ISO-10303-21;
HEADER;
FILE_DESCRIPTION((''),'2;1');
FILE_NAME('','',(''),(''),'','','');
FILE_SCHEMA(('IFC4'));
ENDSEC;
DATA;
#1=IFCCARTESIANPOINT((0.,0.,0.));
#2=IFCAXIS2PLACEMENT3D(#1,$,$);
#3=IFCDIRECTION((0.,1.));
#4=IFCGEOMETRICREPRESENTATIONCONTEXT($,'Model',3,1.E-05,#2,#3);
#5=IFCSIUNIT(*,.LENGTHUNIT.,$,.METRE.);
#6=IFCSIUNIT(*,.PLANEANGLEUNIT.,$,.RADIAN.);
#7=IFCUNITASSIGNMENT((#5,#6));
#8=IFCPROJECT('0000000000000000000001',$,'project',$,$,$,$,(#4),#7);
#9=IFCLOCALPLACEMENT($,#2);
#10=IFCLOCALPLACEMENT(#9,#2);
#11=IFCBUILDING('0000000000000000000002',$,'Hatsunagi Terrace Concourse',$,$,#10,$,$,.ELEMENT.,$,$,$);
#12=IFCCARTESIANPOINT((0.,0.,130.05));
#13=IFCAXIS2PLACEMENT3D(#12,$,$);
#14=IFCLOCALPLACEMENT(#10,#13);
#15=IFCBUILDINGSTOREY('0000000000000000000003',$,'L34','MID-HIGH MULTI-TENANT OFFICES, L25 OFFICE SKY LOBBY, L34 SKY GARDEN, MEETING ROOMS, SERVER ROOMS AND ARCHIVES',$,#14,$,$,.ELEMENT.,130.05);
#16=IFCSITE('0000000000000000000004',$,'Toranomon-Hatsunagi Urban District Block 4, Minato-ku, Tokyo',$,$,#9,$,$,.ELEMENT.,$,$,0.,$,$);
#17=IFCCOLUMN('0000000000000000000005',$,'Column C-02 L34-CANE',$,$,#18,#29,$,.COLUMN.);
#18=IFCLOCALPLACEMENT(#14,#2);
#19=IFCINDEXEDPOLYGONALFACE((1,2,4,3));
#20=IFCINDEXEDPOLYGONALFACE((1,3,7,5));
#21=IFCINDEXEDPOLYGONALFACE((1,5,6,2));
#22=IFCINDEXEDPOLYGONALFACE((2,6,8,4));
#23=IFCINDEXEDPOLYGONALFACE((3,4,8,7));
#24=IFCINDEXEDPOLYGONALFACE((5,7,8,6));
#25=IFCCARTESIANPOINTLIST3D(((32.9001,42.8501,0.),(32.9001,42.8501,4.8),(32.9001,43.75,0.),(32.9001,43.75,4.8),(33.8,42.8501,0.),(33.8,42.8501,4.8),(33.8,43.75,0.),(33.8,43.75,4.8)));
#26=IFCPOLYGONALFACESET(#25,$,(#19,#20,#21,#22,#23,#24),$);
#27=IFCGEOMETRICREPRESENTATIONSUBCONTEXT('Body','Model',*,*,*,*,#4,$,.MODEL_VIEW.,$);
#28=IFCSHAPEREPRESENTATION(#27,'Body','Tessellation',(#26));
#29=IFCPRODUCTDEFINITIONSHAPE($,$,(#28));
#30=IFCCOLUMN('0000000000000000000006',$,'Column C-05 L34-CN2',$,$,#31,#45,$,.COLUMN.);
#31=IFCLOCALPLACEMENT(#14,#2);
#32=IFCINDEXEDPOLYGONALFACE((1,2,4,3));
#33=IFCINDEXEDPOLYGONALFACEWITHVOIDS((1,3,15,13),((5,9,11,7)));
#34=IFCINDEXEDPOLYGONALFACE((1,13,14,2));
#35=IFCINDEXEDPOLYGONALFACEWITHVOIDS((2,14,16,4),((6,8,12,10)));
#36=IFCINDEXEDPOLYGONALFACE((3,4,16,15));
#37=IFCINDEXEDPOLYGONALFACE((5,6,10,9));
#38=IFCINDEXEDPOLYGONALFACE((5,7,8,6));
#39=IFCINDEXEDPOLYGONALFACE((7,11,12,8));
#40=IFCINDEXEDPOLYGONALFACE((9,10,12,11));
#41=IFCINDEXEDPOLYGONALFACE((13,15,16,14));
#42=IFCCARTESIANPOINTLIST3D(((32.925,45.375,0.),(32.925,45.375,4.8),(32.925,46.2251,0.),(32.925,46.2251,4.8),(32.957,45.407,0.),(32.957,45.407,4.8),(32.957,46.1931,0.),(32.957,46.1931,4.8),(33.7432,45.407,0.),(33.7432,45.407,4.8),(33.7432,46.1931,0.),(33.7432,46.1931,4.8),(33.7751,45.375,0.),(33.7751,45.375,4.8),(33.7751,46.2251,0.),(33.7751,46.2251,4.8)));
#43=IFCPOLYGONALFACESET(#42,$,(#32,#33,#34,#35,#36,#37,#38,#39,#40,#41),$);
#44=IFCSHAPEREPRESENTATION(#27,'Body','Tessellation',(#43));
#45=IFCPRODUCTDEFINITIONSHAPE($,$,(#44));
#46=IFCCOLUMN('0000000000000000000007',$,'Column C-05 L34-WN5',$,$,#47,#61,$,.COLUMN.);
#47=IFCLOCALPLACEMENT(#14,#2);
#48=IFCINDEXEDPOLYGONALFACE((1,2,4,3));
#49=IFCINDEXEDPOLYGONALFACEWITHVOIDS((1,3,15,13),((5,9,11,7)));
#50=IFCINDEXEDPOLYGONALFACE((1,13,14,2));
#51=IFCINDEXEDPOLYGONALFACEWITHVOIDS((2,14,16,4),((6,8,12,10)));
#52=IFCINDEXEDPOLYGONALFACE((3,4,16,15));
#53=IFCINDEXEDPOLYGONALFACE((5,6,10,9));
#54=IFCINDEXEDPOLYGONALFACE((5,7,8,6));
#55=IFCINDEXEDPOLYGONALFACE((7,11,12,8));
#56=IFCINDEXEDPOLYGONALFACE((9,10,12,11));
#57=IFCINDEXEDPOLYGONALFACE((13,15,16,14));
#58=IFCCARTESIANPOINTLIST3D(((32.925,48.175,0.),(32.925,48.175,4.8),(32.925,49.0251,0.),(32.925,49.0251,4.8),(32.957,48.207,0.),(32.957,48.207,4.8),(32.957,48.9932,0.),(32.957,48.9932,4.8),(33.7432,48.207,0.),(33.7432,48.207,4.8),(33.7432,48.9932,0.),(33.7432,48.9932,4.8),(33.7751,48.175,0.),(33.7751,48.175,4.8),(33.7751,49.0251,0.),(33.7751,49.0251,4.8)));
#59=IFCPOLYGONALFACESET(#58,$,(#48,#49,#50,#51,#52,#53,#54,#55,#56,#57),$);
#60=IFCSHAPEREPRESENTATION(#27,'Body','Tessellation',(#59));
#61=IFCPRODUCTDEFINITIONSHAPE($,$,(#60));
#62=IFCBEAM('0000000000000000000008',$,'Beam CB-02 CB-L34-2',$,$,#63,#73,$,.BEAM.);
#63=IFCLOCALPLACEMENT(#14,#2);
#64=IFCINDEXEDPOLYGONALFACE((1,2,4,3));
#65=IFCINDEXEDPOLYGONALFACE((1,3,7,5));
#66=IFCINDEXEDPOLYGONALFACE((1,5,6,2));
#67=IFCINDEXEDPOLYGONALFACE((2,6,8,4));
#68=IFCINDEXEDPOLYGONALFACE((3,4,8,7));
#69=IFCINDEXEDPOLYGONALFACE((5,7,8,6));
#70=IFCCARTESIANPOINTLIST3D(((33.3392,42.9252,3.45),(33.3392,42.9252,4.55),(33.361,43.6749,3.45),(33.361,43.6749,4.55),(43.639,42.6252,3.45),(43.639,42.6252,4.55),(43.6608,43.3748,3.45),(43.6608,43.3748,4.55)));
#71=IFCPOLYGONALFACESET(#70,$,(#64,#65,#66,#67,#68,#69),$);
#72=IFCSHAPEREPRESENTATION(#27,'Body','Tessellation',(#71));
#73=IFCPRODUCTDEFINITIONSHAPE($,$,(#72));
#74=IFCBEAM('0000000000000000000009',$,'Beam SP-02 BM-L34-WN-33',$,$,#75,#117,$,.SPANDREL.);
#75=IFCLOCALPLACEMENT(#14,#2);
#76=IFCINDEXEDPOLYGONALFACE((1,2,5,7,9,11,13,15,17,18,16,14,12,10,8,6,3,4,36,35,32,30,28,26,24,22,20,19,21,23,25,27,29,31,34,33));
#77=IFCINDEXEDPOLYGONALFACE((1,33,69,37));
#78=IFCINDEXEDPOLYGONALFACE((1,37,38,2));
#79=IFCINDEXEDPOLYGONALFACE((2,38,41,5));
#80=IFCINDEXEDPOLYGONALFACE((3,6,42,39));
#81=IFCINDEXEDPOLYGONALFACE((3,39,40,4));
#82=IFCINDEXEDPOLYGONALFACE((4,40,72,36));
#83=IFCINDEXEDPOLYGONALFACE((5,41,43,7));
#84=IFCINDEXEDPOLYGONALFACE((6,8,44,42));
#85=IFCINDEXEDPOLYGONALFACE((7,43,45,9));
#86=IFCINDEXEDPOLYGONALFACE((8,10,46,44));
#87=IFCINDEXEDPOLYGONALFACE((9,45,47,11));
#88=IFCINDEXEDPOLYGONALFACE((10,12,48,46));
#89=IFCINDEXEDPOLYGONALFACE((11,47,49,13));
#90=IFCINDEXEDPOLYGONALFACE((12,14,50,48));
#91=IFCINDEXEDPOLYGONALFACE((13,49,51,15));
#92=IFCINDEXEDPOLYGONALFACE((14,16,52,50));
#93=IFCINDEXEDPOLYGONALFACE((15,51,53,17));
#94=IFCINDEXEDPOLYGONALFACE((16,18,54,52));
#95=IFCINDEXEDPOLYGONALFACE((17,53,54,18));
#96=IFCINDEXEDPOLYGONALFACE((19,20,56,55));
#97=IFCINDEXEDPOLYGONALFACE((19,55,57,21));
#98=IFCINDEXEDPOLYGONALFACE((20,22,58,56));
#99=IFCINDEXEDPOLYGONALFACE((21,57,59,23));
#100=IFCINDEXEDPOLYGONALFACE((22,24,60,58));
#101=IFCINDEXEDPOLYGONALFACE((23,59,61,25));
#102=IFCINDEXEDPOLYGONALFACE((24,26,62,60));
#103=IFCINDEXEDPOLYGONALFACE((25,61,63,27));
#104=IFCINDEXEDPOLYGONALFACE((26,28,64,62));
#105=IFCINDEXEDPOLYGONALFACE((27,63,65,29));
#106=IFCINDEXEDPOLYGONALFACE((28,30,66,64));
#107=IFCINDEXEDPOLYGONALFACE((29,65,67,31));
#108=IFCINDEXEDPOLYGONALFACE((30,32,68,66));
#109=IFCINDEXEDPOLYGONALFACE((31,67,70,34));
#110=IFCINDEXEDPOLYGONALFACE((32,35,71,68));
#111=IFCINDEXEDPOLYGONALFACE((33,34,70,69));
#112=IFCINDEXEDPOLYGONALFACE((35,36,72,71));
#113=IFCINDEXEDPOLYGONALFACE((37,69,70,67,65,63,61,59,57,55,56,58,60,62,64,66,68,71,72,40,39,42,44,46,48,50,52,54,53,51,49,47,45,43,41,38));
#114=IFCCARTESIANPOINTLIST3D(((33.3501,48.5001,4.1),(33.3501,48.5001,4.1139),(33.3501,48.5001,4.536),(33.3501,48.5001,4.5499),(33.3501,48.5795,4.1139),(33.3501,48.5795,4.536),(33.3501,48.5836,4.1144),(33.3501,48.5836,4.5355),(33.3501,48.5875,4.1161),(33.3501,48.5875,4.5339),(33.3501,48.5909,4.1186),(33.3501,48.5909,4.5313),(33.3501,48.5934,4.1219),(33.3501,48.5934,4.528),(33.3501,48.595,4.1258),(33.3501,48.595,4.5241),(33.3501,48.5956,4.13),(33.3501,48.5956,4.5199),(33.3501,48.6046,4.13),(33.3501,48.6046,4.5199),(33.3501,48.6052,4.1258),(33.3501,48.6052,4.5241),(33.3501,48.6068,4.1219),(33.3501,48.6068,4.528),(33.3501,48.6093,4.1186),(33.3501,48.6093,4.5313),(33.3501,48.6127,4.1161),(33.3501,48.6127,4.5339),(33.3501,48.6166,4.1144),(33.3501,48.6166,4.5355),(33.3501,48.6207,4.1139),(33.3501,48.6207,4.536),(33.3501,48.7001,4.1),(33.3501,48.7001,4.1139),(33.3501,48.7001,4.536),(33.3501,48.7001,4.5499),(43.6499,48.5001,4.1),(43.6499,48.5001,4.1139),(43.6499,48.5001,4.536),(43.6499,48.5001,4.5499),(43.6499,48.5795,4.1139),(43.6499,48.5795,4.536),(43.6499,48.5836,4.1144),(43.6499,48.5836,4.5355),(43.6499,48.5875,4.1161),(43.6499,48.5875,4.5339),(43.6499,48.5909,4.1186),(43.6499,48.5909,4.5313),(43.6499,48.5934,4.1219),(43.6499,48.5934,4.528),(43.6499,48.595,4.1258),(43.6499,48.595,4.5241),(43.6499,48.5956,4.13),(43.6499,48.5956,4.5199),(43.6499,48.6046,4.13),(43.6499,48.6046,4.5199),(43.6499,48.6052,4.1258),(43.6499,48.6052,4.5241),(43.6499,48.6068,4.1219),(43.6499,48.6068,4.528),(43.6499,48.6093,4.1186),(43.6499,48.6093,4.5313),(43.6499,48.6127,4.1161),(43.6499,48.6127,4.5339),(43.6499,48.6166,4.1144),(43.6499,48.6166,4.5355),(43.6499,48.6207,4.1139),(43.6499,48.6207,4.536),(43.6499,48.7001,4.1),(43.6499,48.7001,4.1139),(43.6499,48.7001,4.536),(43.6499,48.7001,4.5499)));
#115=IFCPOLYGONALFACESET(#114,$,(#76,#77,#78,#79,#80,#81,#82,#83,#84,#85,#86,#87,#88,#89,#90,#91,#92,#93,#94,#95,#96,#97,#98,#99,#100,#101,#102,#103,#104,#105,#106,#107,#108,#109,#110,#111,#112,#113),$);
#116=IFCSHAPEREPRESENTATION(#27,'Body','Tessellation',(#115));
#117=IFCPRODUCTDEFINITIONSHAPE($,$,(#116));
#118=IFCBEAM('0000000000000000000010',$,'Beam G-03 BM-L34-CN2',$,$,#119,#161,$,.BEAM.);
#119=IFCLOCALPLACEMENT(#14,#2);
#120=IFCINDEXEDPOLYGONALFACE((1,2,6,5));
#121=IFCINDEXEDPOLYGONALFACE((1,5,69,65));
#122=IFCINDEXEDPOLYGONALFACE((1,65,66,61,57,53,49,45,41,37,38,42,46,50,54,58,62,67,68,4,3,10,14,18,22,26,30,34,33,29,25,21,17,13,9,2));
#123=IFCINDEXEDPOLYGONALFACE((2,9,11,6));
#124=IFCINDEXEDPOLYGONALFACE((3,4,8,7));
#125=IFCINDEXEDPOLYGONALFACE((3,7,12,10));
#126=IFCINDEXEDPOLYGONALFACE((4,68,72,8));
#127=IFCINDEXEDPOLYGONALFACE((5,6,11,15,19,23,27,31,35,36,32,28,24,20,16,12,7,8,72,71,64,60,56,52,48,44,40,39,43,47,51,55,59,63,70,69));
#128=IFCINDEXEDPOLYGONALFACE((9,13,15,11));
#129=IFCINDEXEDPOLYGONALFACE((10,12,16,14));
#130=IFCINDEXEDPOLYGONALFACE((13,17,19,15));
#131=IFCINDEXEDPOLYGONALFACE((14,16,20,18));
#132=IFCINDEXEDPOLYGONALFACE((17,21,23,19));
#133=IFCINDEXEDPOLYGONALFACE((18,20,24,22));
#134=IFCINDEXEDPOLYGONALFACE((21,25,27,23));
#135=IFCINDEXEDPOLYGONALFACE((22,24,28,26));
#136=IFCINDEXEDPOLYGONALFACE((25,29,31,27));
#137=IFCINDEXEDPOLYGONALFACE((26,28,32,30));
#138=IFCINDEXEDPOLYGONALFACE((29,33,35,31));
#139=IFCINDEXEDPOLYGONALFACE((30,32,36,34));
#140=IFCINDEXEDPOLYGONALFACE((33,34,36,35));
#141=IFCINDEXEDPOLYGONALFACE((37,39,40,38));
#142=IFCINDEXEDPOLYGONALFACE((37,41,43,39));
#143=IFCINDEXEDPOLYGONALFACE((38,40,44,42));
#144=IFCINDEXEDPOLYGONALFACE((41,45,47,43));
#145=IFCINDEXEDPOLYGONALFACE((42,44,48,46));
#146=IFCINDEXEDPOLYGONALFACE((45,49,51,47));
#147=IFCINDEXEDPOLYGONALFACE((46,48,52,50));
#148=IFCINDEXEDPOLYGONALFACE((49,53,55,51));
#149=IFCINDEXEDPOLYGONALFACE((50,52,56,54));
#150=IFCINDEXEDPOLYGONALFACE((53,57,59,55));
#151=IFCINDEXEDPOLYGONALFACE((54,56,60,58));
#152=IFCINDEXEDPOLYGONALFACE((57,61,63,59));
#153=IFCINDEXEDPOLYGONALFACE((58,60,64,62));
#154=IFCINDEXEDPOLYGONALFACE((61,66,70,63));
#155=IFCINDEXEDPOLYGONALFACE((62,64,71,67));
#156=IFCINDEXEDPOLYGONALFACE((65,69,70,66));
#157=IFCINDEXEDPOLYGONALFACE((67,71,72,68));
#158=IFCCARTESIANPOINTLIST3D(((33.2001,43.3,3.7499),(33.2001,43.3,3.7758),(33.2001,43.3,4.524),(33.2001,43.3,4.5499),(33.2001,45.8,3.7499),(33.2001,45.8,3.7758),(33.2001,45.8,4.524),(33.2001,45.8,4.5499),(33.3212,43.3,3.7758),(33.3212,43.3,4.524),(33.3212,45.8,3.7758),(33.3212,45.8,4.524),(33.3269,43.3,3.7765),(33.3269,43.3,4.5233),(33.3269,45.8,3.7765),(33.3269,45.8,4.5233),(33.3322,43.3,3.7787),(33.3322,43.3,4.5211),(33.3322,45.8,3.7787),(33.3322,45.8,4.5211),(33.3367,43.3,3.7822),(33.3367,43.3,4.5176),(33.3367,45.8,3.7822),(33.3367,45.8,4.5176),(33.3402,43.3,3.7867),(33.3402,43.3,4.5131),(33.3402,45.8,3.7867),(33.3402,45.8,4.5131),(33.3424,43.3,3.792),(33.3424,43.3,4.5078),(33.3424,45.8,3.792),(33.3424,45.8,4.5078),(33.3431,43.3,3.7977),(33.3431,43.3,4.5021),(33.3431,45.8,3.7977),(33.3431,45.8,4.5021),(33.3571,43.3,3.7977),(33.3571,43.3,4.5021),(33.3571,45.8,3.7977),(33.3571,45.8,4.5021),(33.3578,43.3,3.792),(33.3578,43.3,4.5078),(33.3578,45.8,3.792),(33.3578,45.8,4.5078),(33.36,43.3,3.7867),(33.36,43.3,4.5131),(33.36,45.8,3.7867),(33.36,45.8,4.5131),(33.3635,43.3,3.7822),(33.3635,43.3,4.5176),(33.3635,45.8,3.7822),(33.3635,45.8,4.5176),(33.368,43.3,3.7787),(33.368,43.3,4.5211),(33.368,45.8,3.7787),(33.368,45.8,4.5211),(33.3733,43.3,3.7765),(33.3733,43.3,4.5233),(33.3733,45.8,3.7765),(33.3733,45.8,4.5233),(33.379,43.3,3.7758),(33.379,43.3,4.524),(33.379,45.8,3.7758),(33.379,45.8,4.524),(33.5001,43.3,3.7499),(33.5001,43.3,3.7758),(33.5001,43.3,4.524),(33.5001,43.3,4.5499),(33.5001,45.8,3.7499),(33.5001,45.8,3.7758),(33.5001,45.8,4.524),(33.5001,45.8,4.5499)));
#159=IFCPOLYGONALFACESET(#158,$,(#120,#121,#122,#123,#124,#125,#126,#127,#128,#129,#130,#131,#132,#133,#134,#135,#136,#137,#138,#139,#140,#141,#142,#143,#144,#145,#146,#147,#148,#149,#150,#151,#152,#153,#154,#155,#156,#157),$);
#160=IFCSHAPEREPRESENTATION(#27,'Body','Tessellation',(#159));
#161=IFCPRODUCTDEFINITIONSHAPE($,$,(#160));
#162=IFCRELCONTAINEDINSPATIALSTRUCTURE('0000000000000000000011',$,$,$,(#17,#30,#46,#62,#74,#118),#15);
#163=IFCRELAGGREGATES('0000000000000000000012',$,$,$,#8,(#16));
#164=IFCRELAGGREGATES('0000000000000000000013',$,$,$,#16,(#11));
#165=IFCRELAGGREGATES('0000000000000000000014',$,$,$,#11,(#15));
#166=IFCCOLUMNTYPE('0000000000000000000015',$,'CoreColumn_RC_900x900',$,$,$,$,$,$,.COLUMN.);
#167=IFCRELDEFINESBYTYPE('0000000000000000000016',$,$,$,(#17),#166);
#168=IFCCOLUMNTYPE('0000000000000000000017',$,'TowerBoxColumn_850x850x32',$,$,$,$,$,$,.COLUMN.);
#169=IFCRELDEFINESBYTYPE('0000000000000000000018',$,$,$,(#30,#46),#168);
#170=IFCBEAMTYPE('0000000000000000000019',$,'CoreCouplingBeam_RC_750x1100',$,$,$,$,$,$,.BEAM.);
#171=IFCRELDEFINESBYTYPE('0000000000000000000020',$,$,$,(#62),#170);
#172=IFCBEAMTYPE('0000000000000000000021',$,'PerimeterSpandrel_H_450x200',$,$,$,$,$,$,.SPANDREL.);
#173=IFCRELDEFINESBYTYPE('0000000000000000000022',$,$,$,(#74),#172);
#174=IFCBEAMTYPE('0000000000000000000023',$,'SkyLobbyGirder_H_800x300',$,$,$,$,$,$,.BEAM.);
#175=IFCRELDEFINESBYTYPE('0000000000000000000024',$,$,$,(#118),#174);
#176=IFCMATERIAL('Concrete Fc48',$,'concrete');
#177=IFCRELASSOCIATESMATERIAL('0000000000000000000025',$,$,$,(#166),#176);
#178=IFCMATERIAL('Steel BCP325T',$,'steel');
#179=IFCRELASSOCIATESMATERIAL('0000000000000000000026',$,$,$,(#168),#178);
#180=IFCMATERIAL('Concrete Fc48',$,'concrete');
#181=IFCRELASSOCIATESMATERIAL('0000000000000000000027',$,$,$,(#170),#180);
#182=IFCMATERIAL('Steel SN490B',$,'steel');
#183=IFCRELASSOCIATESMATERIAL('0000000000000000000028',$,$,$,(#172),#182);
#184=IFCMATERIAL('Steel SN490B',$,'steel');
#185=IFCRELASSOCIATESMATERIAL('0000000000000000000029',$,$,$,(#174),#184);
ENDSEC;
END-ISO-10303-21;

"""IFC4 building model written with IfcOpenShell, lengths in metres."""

from ifc_helpers import new_model, si_unit, direction, frame, origin, origin_2d, place, context, subcontext, project, spatial, rectangle, hollow_rectangle, i_section, extrude, material, material_profile, profile_set, type_object, element, save


model = new_model("IFC4")

# Units and contexts
model_context = context("Model", 3, precision=1e-05, world=origin(), true_north=direction((0.0, 1.0)))
body_context = subcontext(model_context, "Body", "Model", "MODEL_VIEW")
ifc_project = project(units=[si_unit("LENGTHUNIT", "METRE"), si_unit("PLANEANGLEUNIT", "RADIAN")], contexts=[model_context])

# Site, building, storey
site_placement = place(None, origin())
site = spatial("IfcSite", under=ifc_project, at=site_placement, Name="Toranomon-Hatsunagi Urban District Block 4, Minato-ku, Tokyo", CompositionType="ELEMENT", RefElevation=0.0)
building_placement = place(site_placement, origin())
building = spatial("IfcBuilding", under=site, at=building_placement, Name="Hatsunagi Terrace Concourse", CompositionType="ELEMENT")
storey_placement = place(building_placement, frame((0.0, 0.0, 130.05)))
storey = spatial("IfcBuildingStorey", under=building, at=storey_placement, Name="L34", Description="MID-HIGH MULTI-TENANT OFFICES, L25 OFFICE SKY LOBBY, L34 SKY GARDEN, MEETING ROOMS, SERVER ROOMS AND ARCHIVES", CompositionType="ELEMENT", Elevation=130.05)

# Columns
ifc_material_1 = material(Name="Concrete Fc48", Category="concrete")
ifc_material_profile_1 = material_profile(ifc_material_1, rectangle(XDim=0.8999, YDim=0.8999, at=origin_2d()), Name="RC-900x900")
ifc_profile_set_1 = profile_set([ifc_material_profile_1], Name="Concrete Fc48")
column_type_1 = type_object("IfcColumnType", Name="CoreColumn_RC_900x900", PredefinedType="COLUMN", material=ifc_profile_set_1)
column_placement = place(storey_placement, frame((33.3501, 43.3, 0.0), z_axis=(0.0, 0.0, 1.0), x_axis=(1.0, 0.0, 0.0)))
element("IfcColumn", 1, at=column_placement, inside=storey, type_object=column_type_1, Name="Column C-02 L34-CANE", PredefinedType="COLUMN", context=body_context, shape_type="SweptSolid", body=[
    extrude(rectangle(XDim=0.8999, YDim=0.8999, at=origin_2d()), origin(), (0.0, 0.0, 1.0), 4.8),
])
ifc_material_2 = material(Name="Steel BCP325T", Category="steel")
ifc_material_profile_2 = material_profile(ifc_material_2, hollow_rectangle(XDim=0.8501, YDim=0.8501, WallThickness=0.032, at=origin_2d()), Name="BCP-850x850x32")
ifc_profile_set_2 = profile_set([ifc_material_profile_2], Name="Steel BCP325T")
column_type_2 = type_object("IfcColumnType", Name="TowerBoxColumn_850x850x32", PredefinedType="COLUMN", material=ifc_profile_set_2)
for number, where, z_axis, x_axis, name in (
    (2, (33.3501, 45.8, 0.0), (0.0, 0.0, 1.0), (1.0, 0.0, 0.0), "Column C-05 L34-CN2"),
    (3, (33.3501, 48.6001, 0.0), (0.0, 0.0, 1.0), (1.0, 0.0, 0.0), "Column C-05 L34-WN5"),
):
    element("IfcColumn", number, at=place(storey_placement, frame(where, z_axis=z_axis, x_axis=x_axis)), inside=storey, type_object=column_type_2, Name=name, PredefinedType="COLUMN", context=body_context, shape_type="SweptSolid", body=[
        extrude(hollow_rectangle(XDim=0.8501, YDim=0.8501, WallThickness=0.032, at=origin_2d()), origin(), (0.0, 0.0, 1.0), 4.8),
    ])

# Beams
ifc_material_3 = material(Name="Concrete Fc48", Category="concrete")
ifc_material_profile_3 = material_profile(ifc_material_3, rectangle(XDim=0.75, YDim=1.1001, at=origin_2d()), Name="RC-750x1100")
ifc_profile_set_3 = profile_set([ifc_material_profile_3], Name="Concrete Fc48")
beam_type_1 = type_object("IfcBeamType", Name="CoreCouplingBeam_RC_750x1100", PredefinedType="BEAM", material=ifc_profile_set_3)
beam_1_placement = place(storey_placement, frame((33.3501, 43.3, 4.0), z_axis=(0.999576, -0.029119, 0.0), x_axis=(0.029119, 0.999576, 0.0)))
element("IfcBeam", 4, at=beam_1_placement, inside=storey, type_object=beam_type_1, Name="Beam CB-02 CB-L34-2", PredefinedType="BEAM", context=body_context, shape_type="SweptSolid", body=[
    extrude(rectangle(XDim=0.75, YDim=1.1001, at=origin_2d()), origin(), (0.0, 0.0, 1.0), 10.3042),
])
ifc_material_4 = material(Name="Steel SN490B", Category="steel")
ifc_material_profile_4 = material_profile(ifc_material_4, i_section(OverallWidth=0.2, OverallDepth=0.45, WebThickness=0.009, FlangeThickness=0.0139, FilletRadius=0.0161, at=origin_2d()), Name="H-450x200x9x14")
ifc_profile_set_4 = profile_set([ifc_material_profile_4], Name="Steel SN490B")
beam_type_2 = type_object("IfcBeamType", Name="PerimeterSpandrel_H_450x200", PredefinedType="SPANDREL", material=ifc_profile_set_4)
beam_2_placement = place(storey_placement, frame((33.3501, 48.6001, 4.325), z_axis=(1.0, 0.0, 0.0), x_axis=(0.0, 1.0, 0.0)))
element("IfcBeam", 5, at=beam_2_placement, inside=storey, type_object=beam_type_2, Name="Beam SP-02 BM-L34-WN-33", PredefinedType="SPANDREL", context=body_context, shape_type="SweptSolid", body=[
    extrude(i_section(OverallWidth=0.2, OverallDepth=0.45, WebThickness=0.009, FlangeThickness=0.0139, FilletRadius=0.0161, at=origin_2d()), origin(), (0.0, 0.0, 1.0), 10.2998),
])
ifc_material_5 = material(Name="Steel SN490B", Category="steel")
ifc_material_profile_5 = material_profile(ifc_material_5, i_section(OverallWidth=0.3, OverallDepth=0.8, WebThickness=0.0139, FlangeThickness=0.0259, FilletRadius=0.022, at=origin_2d()), Name="H-800x300x14x26")
ifc_profile_set_5 = profile_set([ifc_material_profile_5], Name="Steel SN490B")
beam_type_3 = type_object("IfcBeamType", Name="SkyLobbyGirder_H_800x300", PredefinedType="BEAM", material=ifc_profile_set_5)
beam_3_placement = place(storey_placement, frame((33.3501, 43.3, 4.1499), z_axis=(0.0, 1.0, 0.0), x_axis=(-1.0, 0.0, 0.0)))
element("IfcBeam", 6, at=beam_3_placement, inside=storey, type_object=beam_type_3, Name="Beam G-03 BM-L34-CN2", PredefinedType="BEAM", context=body_context, shape_type="SweptSolid", body=[
    extrude(i_section(OverallWidth=0.3, OverallDepth=0.8, WebThickness=0.0139, FlangeThickness=0.0259, FilletRadius=0.022, at=origin_2d()), origin(), (0.0, 0.0, 1.0), 2.5),
])

save(model, "model.ifc")
